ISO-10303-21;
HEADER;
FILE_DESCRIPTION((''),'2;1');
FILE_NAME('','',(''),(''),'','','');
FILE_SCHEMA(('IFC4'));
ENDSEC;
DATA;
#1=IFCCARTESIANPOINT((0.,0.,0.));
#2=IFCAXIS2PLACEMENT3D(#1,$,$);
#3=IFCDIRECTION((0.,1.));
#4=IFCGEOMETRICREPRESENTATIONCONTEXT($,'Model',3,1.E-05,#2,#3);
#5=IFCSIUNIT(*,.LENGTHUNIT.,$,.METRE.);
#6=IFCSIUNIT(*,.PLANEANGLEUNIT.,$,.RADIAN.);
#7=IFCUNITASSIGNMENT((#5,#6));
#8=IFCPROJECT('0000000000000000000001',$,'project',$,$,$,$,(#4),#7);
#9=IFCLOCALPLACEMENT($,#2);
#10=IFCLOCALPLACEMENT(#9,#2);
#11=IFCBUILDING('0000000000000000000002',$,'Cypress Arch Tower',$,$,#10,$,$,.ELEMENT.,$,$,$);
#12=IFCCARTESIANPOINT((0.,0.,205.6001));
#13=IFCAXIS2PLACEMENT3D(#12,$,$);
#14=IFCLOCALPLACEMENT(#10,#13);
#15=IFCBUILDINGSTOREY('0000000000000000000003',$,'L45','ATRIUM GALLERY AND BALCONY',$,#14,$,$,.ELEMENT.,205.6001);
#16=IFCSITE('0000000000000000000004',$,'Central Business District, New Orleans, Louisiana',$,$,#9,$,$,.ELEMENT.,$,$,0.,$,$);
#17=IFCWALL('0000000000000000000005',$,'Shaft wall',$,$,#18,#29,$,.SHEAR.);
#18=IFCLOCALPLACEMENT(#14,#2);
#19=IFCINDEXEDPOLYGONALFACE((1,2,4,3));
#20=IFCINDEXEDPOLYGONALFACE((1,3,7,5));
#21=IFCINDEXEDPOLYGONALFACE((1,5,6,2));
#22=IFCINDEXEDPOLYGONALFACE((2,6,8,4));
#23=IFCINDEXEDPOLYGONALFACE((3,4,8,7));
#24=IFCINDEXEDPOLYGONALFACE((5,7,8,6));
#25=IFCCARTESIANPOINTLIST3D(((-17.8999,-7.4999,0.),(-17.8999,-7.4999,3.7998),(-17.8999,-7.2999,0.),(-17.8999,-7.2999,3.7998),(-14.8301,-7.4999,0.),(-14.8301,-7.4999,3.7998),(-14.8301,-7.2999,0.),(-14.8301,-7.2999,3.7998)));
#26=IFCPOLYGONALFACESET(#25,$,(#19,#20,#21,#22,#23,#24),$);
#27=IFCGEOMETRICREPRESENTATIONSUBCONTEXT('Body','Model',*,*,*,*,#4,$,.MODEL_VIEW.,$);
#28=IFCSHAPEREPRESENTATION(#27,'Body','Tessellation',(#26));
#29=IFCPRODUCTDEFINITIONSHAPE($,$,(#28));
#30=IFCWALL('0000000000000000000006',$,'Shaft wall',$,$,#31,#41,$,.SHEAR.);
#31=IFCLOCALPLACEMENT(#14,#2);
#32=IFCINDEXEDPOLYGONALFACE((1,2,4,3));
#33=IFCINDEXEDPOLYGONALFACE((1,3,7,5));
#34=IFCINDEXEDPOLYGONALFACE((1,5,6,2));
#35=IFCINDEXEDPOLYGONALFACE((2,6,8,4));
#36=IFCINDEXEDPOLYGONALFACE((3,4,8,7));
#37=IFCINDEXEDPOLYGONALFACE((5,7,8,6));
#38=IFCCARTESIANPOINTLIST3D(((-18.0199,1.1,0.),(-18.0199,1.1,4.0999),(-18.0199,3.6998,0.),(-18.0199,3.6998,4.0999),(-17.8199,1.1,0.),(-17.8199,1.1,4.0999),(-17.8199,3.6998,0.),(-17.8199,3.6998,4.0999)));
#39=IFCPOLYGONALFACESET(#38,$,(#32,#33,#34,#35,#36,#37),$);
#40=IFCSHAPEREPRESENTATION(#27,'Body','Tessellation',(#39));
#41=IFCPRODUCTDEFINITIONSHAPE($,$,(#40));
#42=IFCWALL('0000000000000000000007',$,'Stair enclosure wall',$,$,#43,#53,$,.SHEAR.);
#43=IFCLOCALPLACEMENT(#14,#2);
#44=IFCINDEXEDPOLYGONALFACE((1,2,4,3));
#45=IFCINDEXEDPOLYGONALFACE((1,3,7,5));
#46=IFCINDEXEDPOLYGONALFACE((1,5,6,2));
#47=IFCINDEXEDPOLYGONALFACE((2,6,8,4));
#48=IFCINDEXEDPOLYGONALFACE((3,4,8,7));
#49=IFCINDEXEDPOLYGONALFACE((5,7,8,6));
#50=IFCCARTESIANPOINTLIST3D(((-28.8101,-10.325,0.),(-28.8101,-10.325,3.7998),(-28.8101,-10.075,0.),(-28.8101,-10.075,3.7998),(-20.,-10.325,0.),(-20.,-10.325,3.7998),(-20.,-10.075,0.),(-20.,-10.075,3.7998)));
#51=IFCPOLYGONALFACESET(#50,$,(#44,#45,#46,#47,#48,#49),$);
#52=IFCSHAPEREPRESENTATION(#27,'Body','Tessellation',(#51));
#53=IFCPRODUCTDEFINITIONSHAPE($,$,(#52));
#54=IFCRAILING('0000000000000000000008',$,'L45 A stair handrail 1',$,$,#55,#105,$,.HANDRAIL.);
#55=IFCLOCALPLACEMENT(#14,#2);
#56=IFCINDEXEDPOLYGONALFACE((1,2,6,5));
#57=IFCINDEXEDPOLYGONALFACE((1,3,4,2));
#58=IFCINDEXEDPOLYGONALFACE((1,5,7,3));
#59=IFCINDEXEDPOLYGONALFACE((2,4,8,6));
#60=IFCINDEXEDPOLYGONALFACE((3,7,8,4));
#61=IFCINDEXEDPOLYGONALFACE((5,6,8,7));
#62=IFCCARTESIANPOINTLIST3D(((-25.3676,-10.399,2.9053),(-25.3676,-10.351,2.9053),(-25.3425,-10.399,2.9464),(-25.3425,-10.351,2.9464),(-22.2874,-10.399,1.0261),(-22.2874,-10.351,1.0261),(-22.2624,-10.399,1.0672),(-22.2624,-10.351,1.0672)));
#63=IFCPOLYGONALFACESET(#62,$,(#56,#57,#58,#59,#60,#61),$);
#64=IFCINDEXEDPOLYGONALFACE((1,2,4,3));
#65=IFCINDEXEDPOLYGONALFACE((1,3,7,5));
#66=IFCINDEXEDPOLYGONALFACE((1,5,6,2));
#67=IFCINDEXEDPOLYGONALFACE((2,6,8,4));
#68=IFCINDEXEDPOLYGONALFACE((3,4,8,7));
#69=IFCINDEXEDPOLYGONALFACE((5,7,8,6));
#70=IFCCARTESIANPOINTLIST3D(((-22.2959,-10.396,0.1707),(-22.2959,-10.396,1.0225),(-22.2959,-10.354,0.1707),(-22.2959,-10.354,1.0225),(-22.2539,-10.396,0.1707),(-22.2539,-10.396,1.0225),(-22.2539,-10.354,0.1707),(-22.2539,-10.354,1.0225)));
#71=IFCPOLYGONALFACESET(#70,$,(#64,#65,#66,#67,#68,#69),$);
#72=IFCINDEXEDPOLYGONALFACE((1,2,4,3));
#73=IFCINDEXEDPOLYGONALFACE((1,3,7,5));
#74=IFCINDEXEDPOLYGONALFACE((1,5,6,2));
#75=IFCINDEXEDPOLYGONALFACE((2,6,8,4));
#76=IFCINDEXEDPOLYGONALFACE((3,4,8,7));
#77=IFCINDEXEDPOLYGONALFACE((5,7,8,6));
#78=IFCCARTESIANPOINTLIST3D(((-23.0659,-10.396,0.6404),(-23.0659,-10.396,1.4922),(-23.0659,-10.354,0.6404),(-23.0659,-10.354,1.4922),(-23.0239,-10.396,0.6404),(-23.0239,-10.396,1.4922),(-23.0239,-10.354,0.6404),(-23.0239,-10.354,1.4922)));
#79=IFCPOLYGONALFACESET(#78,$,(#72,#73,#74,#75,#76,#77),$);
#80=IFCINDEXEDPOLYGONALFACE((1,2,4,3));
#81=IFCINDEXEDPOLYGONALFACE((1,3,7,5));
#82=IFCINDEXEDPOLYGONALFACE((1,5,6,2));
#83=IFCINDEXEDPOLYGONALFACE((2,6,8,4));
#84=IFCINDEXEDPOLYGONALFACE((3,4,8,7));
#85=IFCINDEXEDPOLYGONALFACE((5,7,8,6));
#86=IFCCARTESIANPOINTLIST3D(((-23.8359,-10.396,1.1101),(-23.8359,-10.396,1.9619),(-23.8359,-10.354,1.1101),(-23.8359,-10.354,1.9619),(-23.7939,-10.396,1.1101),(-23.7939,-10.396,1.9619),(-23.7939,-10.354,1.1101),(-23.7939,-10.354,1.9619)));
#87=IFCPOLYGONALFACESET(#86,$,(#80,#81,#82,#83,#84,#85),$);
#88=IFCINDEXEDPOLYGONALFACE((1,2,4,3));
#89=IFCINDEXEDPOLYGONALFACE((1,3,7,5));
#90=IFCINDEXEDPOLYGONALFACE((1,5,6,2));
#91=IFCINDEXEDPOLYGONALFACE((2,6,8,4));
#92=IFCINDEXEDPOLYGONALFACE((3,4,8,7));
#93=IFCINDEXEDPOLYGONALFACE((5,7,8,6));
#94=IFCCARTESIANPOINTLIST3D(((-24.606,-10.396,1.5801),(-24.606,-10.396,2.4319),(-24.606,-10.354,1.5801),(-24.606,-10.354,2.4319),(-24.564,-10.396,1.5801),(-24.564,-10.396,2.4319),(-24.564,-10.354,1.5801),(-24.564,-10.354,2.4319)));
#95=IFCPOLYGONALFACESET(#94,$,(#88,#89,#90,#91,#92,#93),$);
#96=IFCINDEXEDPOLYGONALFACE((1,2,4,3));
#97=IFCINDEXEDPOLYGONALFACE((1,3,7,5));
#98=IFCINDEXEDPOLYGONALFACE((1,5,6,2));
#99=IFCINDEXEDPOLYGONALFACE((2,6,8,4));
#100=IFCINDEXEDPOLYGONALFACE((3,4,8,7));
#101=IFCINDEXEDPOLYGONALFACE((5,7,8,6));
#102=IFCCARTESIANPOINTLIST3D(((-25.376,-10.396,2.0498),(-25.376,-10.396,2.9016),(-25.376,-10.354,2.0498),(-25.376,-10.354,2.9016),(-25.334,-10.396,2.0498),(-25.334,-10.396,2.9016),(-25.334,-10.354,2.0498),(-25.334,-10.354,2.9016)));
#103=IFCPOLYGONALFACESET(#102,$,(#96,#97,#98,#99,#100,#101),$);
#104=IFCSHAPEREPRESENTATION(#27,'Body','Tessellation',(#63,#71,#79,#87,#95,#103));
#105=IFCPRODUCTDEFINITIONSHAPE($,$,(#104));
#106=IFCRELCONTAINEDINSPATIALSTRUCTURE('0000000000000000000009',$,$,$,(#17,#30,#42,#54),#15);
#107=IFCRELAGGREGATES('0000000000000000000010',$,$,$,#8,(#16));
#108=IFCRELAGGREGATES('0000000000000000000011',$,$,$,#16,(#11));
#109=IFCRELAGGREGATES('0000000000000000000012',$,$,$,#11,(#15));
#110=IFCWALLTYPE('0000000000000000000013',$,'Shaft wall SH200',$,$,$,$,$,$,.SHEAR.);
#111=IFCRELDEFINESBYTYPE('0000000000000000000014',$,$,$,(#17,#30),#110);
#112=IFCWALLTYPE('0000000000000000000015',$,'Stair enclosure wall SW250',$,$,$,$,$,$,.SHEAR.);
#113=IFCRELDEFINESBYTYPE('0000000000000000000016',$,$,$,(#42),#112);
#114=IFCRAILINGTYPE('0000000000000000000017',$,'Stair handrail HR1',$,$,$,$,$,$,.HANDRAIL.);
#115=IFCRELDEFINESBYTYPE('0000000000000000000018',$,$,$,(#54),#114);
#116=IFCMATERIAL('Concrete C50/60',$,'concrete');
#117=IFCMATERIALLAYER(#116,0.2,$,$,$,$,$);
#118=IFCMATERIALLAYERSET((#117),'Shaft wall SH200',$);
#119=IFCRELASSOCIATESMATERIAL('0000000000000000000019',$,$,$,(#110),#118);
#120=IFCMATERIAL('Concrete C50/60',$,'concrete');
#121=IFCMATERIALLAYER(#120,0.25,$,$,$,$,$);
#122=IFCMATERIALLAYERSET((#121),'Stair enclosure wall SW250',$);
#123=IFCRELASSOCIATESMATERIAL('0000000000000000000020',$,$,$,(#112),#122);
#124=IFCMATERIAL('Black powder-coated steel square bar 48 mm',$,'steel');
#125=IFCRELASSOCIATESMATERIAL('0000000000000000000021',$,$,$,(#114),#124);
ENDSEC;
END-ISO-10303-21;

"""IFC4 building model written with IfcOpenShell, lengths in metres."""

from ifc_helpers import new_model, si_unit, direction, frame, frame_2d, origin, origin_2d, place, context, subcontext, project, spatial, rectangle, extrude, material, layer, layer_set, type_object, element, save


model = new_model("IFC4")

# Units and contexts
model_context = context("Model", 3, precision=1e-05, world=origin(), true_north=direction((0.0, 1.0)))
body_context = subcontext(model_context, "Body", "Model", "MODEL_VIEW")
ifc_project = project(units=[si_unit("LENGTHUNIT", "METRE"), si_unit("PLANEANGLEUNIT", "RADIAN")], contexts=[model_context])

# Site, building, storey
site_placement = place(None, origin())
site = spatial("IfcSite", under=ifc_project, at=site_placement, Name="Central Business District, New Orleans, Louisiana", CompositionType="ELEMENT", RefElevation=0.0)
building_placement = place(site_placement, origin())
building = spatial("IfcBuilding", under=site, at=building_placement, Name="Cypress Arch Tower", CompositionType="ELEMENT")
storey_placement = place(building_placement, frame((0.0, 0.0, 205.6001)))
storey = spatial("IfcBuildingStorey", under=building, at=storey_placement, Name="L45", Description="ATRIUM GALLERY AND BALCONY", CompositionType="ELEMENT", Elevation=205.6001)

# Shared definitions
ifc_material_1 = material(Name="Concrete C50/60", Category="concrete")
ifc_layer_1 = layer(ifc_material_1, 0.2)
ifc_layer_set_1 = layer_set([ifc_layer_1], Name="Shaft wall SH200")
wall_type_1 = type_object("IfcWallType", Name="Shaft wall SH200", PredefinedType="SHEAR", material=ifc_layer_set_1)

# Walls
wall_1_placement = place(storey_placement, frame((-17.8999, -7.3999, 0.0), z_axis=(0.0, 0.0, 1.0), x_axis=(1.0, 0.0, 0.0)))
element("IfcWall", 1, at=wall_1_placement, inside=storey, type_object=wall_type_1, Name="Shaft wall", PredefinedType="SHEAR", context=body_context, shape_type="SweptSolid", body=[
    extrude(rectangle(XDim=3.0698, YDim=0.2, at=frame_2d((1.5349, 0.0))), origin(), (0.0, 0.0, 1.0), 3.7998),
])
wall_2_placement = place(storey_placement, frame((-17.9199, 1.1001, 0.0), z_axis=(0.0, 0.0, 1.0), x_axis=(0.0, 1.0, 0.0)))
element("IfcWall", 2, at=wall_2_placement, inside=storey, type_object=wall_type_1, Name="Shaft wall", PredefinedType="SHEAR", context=body_context, shape_type="SweptSolid", body=[
    extrude(rectangle(XDim=2.5999, YDim=0.2, at=frame_2d((1.2998, 0.0))), origin(), (0.0, 0.0, 1.0), 4.0999),
])
ifc_material_2 = material(Name="Concrete C50/60", Category="concrete")
ifc_layer_2 = layer(ifc_material_2, 0.25)
ifc_layer_set_2 = layer_set([ifc_layer_2], Name="Stair enclosure wall SW250")
wall_type_2 = type_object("IfcWallType", Name="Stair enclosure wall SW250", PredefinedType="SHEAR", material=ifc_layer_set_2)
wall_3_placement = place(storey_placement, frame((-28.8101, -10.2, 0.0), z_axis=(0.0, 0.0, 1.0), x_axis=(1.0, 0.0, 0.0)))
element("IfcWall", 3, at=wall_3_placement, inside=storey, type_object=wall_type_2, Name="Stair enclosure wall", PredefinedType="SHEAR", context=body_context, shape_type="SweptSolid", body=[
    extrude(rectangle(XDim=8.8101, YDim=0.25, at=frame_2d((4.405, 0.0))), origin(), (0.0, 0.0, 1.0), 3.7998),
])

# Railing
ifc_material_3 = material(Name="Black powder-coated steel square bar 48 mm", Category="steel")
railing_type = type_object("IfcRailingType", Name="Stair handrail HR1", PredefinedType="HANDRAIL", material=ifc_material_3)
railing_placement = place(storey_placement, frame((-22.2749, -10.375, 0.1707)))
element("IfcRailing", 4, at=railing_placement, inside=storey, type_object=railing_type, Name="L45 A stair handrail 1", PredefinedType="HANDRAIL", context=body_context, shape_type="SweptSolid", body=[
    extrude(rectangle(XDim=0.0481, YDim=0.0481, at=origin_2d()), frame((0.0, 0.0, 0.876), z_axis=(-0.853666, 0.0, 0.52082), x_axis=(0.0, -1.0, 0.0)), (0.0, 0.0, 1.0), 3.6082),
    extrude(rectangle(XDim=0.042, YDim=0.042, at=origin_2d()), origin(), (0.0, 0.0, 1.0), 0.8518),
    extrude(rectangle(XDim=0.042, YDim=0.042, at=origin_2d()), frame((-0.77, 0.0, 0.4697)), (0.0, 0.0, 1.0), 0.8518),
    extrude(rectangle(XDim=0.042, YDim=0.042, at=origin_2d()), frame((-1.54, 0.0, 0.9395)), (0.0, 0.0, 1.0), 0.8518),
    extrude(rectangle(XDim=0.042, YDim=0.042, at=origin_2d()), frame((-2.3101, 0.0, 1.4094)), (0.0, 0.0, 1.0), 0.8518),
    extrude(rectangle(XDim=0.042, YDim=0.042, at=origin_2d()), frame((-3.0801, 0.0, 1.8792)), (0.0, 0.0, 1.0), 0.8518),
])

save(model, "model.ifc")
